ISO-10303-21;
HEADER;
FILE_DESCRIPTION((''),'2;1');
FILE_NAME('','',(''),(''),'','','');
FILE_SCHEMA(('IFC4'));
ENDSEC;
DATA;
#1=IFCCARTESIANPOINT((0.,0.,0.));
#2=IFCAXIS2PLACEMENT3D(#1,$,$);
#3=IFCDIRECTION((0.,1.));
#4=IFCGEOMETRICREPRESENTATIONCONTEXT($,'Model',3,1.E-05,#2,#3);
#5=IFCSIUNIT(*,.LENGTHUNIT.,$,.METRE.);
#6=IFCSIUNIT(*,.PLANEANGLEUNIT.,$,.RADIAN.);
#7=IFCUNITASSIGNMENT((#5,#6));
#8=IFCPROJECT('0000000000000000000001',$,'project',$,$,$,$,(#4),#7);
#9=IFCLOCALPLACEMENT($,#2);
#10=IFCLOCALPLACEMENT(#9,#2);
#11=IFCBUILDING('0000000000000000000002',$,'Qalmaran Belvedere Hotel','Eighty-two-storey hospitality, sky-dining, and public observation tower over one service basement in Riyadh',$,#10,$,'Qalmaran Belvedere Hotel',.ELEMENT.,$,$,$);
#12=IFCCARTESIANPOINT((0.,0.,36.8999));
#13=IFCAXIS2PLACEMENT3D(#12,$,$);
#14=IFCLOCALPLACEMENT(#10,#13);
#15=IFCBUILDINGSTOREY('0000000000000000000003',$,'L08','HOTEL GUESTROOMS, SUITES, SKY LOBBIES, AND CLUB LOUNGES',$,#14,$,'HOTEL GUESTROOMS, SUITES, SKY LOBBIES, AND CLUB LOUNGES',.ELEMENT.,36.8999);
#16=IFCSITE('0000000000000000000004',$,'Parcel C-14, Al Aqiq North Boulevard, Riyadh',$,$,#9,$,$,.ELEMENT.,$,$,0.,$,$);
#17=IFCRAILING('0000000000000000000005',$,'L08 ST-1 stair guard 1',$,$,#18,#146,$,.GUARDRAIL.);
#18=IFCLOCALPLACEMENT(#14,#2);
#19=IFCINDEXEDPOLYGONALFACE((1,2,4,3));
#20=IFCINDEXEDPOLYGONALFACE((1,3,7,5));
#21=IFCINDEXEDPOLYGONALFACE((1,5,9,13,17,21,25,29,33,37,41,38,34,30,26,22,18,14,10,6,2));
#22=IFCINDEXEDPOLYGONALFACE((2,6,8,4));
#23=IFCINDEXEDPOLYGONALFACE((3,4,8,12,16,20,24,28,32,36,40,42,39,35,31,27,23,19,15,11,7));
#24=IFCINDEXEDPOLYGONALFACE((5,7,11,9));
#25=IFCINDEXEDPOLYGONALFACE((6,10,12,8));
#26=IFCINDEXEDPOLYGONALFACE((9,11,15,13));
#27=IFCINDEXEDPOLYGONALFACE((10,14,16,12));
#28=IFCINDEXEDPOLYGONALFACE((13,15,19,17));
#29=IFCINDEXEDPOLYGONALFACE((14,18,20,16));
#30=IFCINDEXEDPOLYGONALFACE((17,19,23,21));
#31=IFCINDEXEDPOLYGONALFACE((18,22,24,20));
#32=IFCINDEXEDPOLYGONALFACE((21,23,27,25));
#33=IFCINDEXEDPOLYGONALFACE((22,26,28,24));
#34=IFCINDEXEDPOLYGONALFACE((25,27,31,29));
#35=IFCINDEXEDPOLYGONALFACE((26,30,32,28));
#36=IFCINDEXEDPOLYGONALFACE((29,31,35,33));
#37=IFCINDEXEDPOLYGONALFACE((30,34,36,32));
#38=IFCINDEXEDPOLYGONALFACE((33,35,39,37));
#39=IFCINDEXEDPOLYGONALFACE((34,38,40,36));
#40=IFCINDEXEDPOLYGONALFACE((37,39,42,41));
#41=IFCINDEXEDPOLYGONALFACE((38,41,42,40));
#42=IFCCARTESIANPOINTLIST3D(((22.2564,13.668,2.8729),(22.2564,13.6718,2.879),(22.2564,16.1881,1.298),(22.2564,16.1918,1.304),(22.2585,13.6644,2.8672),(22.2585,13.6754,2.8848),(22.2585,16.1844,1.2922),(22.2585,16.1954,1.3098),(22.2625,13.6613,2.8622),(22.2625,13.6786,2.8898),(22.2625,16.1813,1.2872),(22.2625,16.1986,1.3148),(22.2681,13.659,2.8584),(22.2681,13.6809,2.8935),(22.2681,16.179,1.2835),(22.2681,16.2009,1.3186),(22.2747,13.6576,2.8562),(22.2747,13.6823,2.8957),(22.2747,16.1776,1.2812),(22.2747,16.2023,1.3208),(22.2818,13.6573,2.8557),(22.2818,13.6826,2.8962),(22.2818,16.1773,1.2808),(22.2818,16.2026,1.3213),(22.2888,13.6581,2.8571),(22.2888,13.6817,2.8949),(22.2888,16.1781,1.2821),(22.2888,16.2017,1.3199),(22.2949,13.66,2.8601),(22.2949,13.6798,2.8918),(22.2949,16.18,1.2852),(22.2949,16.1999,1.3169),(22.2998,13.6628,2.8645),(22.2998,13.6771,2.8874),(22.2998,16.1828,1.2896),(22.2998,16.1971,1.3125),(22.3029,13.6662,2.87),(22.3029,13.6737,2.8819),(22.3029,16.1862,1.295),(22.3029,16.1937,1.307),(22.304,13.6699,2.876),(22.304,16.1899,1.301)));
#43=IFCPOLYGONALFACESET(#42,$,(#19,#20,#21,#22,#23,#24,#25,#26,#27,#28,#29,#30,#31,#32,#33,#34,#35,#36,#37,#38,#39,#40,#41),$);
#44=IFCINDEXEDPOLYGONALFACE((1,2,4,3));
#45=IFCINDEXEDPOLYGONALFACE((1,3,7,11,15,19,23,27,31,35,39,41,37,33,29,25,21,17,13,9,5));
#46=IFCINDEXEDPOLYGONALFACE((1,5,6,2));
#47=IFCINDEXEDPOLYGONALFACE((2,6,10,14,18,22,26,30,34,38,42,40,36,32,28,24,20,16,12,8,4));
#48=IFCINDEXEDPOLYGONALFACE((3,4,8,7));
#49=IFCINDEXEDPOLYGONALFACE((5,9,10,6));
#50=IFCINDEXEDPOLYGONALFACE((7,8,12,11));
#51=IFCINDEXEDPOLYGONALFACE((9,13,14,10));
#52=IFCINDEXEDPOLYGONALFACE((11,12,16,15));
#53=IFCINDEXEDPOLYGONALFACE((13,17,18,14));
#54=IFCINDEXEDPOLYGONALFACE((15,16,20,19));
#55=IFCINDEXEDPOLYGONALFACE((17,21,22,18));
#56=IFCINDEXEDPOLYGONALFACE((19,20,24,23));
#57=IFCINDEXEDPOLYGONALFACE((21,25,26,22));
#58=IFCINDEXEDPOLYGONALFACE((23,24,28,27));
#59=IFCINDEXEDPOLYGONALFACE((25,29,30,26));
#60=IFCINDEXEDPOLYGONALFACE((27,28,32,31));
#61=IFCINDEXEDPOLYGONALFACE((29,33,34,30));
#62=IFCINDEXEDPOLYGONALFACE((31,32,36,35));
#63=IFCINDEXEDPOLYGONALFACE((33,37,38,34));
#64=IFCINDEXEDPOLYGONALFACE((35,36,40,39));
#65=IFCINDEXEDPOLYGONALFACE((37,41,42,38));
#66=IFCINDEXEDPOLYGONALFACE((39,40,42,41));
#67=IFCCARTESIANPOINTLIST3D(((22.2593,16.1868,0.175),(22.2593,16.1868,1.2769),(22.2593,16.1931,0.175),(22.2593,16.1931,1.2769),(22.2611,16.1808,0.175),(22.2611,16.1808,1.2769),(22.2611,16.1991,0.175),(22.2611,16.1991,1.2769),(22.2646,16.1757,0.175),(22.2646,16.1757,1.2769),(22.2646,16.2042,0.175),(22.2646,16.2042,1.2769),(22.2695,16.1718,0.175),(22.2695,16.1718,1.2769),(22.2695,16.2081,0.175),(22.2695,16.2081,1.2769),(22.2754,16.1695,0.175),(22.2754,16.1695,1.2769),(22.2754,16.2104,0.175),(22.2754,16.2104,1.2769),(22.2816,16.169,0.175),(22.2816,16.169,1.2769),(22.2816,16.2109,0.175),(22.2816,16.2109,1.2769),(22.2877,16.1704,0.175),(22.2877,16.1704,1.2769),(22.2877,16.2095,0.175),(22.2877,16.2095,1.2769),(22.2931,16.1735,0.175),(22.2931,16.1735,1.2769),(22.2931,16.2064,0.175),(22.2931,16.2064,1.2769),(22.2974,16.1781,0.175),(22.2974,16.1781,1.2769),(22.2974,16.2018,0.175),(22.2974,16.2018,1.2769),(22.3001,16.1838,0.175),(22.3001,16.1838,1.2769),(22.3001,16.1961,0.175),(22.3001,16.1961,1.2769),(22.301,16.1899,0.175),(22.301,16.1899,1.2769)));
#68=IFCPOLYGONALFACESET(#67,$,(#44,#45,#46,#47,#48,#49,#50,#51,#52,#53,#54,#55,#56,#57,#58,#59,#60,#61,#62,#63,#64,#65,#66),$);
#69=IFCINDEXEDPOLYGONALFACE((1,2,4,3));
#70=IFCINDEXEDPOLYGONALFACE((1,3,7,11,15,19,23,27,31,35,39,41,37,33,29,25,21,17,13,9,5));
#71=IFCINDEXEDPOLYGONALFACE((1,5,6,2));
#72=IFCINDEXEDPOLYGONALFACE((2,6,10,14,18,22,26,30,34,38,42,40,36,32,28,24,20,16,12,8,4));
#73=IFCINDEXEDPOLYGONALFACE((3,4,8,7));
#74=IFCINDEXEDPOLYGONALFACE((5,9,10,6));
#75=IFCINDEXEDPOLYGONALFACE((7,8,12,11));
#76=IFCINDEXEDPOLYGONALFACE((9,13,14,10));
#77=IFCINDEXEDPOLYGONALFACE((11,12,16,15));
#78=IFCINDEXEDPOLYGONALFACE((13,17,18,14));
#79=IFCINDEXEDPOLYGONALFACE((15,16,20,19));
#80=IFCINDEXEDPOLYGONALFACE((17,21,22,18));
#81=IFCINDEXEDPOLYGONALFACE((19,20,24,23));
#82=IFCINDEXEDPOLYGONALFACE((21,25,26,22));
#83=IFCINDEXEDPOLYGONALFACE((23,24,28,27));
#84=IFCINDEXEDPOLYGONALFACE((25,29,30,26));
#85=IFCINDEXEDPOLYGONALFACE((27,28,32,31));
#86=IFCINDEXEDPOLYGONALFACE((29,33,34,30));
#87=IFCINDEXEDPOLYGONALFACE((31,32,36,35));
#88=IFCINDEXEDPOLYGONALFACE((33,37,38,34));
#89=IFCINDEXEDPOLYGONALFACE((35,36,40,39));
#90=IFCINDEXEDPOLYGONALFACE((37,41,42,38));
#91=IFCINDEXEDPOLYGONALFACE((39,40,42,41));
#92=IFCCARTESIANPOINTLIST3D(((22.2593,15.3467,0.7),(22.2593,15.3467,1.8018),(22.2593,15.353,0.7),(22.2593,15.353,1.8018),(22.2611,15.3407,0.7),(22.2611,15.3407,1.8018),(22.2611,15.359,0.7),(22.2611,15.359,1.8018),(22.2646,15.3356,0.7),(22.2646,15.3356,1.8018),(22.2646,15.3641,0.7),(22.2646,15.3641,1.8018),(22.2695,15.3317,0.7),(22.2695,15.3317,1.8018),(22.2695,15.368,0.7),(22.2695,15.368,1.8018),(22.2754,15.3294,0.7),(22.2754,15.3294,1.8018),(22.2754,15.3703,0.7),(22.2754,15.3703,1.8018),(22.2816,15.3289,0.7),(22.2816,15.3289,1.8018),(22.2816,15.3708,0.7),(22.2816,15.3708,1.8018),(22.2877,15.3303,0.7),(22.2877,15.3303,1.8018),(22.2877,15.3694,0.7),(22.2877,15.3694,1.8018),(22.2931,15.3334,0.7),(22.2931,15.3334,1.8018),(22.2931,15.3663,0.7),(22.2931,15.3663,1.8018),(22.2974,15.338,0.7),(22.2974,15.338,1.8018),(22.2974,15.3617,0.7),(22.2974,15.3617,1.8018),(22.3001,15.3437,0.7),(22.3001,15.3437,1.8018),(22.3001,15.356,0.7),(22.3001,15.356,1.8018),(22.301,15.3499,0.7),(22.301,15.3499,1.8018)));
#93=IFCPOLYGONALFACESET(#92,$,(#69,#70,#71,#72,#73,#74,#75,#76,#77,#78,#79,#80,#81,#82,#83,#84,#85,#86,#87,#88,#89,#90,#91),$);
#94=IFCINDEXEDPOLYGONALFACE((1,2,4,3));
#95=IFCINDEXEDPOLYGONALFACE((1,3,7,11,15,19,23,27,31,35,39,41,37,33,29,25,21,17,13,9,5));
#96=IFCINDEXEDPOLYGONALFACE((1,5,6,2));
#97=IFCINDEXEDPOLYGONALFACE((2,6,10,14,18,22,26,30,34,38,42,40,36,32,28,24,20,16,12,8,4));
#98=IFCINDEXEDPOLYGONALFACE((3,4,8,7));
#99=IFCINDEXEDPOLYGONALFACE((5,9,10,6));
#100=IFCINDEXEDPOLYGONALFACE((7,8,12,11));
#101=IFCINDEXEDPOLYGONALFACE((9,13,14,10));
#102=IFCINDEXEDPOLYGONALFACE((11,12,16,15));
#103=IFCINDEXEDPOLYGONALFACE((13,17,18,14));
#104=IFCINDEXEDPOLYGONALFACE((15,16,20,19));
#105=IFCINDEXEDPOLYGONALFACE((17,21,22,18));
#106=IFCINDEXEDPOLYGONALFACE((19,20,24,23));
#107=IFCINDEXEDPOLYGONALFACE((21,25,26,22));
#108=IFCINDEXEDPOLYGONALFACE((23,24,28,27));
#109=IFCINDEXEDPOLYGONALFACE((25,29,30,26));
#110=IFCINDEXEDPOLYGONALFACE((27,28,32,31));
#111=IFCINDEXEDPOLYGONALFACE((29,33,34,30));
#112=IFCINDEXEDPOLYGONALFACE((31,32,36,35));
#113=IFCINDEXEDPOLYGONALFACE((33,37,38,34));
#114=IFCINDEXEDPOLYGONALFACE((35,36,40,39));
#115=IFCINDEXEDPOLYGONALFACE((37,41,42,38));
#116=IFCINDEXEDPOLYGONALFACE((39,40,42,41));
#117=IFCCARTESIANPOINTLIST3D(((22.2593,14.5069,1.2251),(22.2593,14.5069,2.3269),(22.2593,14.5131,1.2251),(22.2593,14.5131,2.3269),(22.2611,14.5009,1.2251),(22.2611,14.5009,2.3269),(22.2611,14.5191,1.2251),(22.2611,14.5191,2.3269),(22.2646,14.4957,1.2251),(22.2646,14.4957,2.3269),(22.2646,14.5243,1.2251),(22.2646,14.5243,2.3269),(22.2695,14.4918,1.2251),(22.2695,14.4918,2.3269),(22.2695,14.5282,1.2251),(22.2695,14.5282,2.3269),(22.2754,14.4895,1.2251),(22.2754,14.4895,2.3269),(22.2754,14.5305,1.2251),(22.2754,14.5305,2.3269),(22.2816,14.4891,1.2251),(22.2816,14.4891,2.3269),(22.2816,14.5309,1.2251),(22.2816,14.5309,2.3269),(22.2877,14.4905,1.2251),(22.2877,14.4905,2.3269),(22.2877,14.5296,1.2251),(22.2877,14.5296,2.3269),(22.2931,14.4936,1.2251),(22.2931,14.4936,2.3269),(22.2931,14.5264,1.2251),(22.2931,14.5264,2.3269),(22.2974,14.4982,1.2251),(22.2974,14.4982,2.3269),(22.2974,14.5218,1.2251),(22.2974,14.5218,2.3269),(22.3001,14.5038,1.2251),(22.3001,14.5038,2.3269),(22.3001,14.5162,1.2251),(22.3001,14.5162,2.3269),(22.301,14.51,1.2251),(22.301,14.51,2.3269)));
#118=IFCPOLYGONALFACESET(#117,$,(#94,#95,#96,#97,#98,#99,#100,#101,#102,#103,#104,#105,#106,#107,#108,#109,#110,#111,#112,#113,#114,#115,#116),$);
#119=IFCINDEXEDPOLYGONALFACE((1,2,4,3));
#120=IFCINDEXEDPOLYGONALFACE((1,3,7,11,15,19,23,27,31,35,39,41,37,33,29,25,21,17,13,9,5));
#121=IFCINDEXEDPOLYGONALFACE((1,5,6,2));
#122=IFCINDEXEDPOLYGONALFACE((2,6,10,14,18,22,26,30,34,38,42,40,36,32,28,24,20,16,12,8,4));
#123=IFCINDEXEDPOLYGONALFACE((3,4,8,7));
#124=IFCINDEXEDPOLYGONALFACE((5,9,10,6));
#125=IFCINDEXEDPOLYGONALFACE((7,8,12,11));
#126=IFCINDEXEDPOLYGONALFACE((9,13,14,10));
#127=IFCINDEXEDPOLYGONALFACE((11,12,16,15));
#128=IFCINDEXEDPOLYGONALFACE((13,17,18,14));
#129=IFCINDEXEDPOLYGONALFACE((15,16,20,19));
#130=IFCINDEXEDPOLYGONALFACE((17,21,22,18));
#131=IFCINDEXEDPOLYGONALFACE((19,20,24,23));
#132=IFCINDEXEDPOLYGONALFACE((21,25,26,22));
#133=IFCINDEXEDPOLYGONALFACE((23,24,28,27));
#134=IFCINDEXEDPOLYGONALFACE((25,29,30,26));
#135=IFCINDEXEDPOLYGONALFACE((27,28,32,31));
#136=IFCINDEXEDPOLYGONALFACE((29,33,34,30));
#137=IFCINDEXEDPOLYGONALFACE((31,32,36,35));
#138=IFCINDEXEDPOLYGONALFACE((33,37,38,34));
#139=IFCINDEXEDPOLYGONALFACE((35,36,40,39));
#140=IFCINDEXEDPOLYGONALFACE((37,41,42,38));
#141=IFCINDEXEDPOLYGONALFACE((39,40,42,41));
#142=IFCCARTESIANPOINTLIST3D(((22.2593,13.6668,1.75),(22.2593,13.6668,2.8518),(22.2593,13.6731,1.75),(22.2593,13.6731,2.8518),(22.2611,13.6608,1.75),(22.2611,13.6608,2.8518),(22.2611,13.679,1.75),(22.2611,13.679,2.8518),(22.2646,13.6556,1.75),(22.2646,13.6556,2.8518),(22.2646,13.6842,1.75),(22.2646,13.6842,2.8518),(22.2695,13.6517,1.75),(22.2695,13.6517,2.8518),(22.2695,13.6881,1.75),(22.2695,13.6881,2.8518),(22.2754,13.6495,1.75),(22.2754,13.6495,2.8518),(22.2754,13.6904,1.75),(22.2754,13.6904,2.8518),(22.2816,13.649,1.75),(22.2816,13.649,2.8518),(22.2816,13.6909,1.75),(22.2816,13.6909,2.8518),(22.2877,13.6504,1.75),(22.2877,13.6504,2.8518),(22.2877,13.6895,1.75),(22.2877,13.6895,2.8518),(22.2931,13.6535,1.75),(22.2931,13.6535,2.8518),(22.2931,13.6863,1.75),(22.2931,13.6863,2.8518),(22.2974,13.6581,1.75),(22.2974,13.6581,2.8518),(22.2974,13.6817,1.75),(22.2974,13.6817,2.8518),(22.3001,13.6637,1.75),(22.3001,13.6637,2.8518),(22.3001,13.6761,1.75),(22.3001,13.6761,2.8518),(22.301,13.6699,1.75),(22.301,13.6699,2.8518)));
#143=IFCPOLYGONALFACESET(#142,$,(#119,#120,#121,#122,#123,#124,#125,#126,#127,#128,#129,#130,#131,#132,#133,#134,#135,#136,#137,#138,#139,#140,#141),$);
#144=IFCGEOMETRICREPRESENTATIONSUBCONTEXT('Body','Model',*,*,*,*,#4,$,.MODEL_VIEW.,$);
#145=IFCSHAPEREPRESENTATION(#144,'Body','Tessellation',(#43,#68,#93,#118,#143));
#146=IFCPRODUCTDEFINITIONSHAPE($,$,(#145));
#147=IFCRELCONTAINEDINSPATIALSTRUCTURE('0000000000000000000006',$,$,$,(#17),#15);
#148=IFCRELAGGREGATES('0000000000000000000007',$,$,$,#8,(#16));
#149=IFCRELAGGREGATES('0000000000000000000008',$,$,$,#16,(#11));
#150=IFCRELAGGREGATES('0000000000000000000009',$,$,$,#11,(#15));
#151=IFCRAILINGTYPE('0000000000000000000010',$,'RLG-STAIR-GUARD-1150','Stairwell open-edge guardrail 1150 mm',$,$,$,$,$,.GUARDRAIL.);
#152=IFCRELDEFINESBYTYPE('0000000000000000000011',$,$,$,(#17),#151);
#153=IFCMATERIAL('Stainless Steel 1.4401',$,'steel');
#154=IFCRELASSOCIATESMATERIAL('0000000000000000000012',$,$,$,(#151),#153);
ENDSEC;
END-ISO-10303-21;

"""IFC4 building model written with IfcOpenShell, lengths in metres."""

from ifc_helpers import new_model, si_unit, direction, frame, origin, origin_2d, place, context, subcontext, project, spatial, circle, extrude, material, type_object, element, save


model = new_model("IFC4")

# Units and contexts
model_context = context("Model", 3, precision=1e-05, world=origin(), true_north=direction((0.0, 1.0)))
body_context = subcontext(model_context, "Body", "Model", "MODEL_VIEW")
ifc_project = project(units=[si_unit("LENGTHUNIT", "METRE"), si_unit("PLANEANGLEUNIT", "RADIAN")], contexts=[model_context])

# Site, building, storey
site_placement = place(None, origin())
site = spatial("IfcSite", under=ifc_project, at=site_placement, Name="Parcel C-14, Al Aqiq North Boulevard, Riyadh", CompositionType="ELEMENT", RefElevation=0.0)
building_placement = place(site_placement, origin())
building = spatial("IfcBuilding", under=site, at=building_placement, Name="Qalmaran Belvedere Hotel", Description="Eighty-two-storey hospitality, sky-dining, and public observation tower over one service basement in Riyadh", LongName="Qalmaran Belvedere Hotel", CompositionType="ELEMENT")
storey_placement = place(building_placement, frame((0.0, 0.0, 36.8999)))
storey = spatial("IfcBuildingStorey", under=building, at=storey_placement, Name="L08", Description="HOTEL GUESTROOMS, SUITES, SKY LOBBIES, AND CLUB LOUNGES", LongName="HOTEL GUESTROOMS, SUITES, SKY LOBBIES, AND CLUB LOUNGES", CompositionType="ELEMENT", Elevation=36.8999)

# Railing
ifc_material_1 = material(Name="Stainless Steel 1.4401", Category="steel")
railing_type_1 = type_object("IfcRailingType", Name="RLG-STAIR-GUARD-1150", Description="Stairwell open-edge guardrail 1150 mm", PredefinedType="GUARDRAIL", material=ifc_material_1)
railing_1_placement = place(storey_placement, frame((22.28, 16.1899, 0.175)))
element("IfcRailing", 1, at=railing_1_placement, inside=storey, type_object=railing_type_1, Name="L08 ST-1 stair guard 1", PredefinedType="GUARDRAIL", context=body_context, shape_type="SweptSolid", body=[
    extrude(circle(Radius=0.0239, at=origin_2d()), frame((0.0, 0.0, 1.126), z_axis=(0.0, -0.848008, 0.529984), x_axis=(1.0, 0.0, 0.0)), (0.0, 0.0, 1.0), 2.9717),
    extrude(circle(Radius=0.021, at=origin_2d()), origin(), (0.0, 0.0, 1.0), 1.1018),
    extrude(circle(Radius=0.021, at=origin_2d()), frame((0.0, -0.8401, 0.5249)), (0.0, 0.0, 1.0), 1.1018),
    extrude(circle(Radius=0.021, at=origin_2d()), frame((0.0, -1.6799, 1.05)), (0.0, 0.0, 1.0), 1.1018),
    extrude(circle(Radius=0.021, at=origin_2d()), frame((0.0, -2.52, 1.575)), (0.0, 0.0, 1.0), 1.1018),
])

save(model, "model.ifc")
